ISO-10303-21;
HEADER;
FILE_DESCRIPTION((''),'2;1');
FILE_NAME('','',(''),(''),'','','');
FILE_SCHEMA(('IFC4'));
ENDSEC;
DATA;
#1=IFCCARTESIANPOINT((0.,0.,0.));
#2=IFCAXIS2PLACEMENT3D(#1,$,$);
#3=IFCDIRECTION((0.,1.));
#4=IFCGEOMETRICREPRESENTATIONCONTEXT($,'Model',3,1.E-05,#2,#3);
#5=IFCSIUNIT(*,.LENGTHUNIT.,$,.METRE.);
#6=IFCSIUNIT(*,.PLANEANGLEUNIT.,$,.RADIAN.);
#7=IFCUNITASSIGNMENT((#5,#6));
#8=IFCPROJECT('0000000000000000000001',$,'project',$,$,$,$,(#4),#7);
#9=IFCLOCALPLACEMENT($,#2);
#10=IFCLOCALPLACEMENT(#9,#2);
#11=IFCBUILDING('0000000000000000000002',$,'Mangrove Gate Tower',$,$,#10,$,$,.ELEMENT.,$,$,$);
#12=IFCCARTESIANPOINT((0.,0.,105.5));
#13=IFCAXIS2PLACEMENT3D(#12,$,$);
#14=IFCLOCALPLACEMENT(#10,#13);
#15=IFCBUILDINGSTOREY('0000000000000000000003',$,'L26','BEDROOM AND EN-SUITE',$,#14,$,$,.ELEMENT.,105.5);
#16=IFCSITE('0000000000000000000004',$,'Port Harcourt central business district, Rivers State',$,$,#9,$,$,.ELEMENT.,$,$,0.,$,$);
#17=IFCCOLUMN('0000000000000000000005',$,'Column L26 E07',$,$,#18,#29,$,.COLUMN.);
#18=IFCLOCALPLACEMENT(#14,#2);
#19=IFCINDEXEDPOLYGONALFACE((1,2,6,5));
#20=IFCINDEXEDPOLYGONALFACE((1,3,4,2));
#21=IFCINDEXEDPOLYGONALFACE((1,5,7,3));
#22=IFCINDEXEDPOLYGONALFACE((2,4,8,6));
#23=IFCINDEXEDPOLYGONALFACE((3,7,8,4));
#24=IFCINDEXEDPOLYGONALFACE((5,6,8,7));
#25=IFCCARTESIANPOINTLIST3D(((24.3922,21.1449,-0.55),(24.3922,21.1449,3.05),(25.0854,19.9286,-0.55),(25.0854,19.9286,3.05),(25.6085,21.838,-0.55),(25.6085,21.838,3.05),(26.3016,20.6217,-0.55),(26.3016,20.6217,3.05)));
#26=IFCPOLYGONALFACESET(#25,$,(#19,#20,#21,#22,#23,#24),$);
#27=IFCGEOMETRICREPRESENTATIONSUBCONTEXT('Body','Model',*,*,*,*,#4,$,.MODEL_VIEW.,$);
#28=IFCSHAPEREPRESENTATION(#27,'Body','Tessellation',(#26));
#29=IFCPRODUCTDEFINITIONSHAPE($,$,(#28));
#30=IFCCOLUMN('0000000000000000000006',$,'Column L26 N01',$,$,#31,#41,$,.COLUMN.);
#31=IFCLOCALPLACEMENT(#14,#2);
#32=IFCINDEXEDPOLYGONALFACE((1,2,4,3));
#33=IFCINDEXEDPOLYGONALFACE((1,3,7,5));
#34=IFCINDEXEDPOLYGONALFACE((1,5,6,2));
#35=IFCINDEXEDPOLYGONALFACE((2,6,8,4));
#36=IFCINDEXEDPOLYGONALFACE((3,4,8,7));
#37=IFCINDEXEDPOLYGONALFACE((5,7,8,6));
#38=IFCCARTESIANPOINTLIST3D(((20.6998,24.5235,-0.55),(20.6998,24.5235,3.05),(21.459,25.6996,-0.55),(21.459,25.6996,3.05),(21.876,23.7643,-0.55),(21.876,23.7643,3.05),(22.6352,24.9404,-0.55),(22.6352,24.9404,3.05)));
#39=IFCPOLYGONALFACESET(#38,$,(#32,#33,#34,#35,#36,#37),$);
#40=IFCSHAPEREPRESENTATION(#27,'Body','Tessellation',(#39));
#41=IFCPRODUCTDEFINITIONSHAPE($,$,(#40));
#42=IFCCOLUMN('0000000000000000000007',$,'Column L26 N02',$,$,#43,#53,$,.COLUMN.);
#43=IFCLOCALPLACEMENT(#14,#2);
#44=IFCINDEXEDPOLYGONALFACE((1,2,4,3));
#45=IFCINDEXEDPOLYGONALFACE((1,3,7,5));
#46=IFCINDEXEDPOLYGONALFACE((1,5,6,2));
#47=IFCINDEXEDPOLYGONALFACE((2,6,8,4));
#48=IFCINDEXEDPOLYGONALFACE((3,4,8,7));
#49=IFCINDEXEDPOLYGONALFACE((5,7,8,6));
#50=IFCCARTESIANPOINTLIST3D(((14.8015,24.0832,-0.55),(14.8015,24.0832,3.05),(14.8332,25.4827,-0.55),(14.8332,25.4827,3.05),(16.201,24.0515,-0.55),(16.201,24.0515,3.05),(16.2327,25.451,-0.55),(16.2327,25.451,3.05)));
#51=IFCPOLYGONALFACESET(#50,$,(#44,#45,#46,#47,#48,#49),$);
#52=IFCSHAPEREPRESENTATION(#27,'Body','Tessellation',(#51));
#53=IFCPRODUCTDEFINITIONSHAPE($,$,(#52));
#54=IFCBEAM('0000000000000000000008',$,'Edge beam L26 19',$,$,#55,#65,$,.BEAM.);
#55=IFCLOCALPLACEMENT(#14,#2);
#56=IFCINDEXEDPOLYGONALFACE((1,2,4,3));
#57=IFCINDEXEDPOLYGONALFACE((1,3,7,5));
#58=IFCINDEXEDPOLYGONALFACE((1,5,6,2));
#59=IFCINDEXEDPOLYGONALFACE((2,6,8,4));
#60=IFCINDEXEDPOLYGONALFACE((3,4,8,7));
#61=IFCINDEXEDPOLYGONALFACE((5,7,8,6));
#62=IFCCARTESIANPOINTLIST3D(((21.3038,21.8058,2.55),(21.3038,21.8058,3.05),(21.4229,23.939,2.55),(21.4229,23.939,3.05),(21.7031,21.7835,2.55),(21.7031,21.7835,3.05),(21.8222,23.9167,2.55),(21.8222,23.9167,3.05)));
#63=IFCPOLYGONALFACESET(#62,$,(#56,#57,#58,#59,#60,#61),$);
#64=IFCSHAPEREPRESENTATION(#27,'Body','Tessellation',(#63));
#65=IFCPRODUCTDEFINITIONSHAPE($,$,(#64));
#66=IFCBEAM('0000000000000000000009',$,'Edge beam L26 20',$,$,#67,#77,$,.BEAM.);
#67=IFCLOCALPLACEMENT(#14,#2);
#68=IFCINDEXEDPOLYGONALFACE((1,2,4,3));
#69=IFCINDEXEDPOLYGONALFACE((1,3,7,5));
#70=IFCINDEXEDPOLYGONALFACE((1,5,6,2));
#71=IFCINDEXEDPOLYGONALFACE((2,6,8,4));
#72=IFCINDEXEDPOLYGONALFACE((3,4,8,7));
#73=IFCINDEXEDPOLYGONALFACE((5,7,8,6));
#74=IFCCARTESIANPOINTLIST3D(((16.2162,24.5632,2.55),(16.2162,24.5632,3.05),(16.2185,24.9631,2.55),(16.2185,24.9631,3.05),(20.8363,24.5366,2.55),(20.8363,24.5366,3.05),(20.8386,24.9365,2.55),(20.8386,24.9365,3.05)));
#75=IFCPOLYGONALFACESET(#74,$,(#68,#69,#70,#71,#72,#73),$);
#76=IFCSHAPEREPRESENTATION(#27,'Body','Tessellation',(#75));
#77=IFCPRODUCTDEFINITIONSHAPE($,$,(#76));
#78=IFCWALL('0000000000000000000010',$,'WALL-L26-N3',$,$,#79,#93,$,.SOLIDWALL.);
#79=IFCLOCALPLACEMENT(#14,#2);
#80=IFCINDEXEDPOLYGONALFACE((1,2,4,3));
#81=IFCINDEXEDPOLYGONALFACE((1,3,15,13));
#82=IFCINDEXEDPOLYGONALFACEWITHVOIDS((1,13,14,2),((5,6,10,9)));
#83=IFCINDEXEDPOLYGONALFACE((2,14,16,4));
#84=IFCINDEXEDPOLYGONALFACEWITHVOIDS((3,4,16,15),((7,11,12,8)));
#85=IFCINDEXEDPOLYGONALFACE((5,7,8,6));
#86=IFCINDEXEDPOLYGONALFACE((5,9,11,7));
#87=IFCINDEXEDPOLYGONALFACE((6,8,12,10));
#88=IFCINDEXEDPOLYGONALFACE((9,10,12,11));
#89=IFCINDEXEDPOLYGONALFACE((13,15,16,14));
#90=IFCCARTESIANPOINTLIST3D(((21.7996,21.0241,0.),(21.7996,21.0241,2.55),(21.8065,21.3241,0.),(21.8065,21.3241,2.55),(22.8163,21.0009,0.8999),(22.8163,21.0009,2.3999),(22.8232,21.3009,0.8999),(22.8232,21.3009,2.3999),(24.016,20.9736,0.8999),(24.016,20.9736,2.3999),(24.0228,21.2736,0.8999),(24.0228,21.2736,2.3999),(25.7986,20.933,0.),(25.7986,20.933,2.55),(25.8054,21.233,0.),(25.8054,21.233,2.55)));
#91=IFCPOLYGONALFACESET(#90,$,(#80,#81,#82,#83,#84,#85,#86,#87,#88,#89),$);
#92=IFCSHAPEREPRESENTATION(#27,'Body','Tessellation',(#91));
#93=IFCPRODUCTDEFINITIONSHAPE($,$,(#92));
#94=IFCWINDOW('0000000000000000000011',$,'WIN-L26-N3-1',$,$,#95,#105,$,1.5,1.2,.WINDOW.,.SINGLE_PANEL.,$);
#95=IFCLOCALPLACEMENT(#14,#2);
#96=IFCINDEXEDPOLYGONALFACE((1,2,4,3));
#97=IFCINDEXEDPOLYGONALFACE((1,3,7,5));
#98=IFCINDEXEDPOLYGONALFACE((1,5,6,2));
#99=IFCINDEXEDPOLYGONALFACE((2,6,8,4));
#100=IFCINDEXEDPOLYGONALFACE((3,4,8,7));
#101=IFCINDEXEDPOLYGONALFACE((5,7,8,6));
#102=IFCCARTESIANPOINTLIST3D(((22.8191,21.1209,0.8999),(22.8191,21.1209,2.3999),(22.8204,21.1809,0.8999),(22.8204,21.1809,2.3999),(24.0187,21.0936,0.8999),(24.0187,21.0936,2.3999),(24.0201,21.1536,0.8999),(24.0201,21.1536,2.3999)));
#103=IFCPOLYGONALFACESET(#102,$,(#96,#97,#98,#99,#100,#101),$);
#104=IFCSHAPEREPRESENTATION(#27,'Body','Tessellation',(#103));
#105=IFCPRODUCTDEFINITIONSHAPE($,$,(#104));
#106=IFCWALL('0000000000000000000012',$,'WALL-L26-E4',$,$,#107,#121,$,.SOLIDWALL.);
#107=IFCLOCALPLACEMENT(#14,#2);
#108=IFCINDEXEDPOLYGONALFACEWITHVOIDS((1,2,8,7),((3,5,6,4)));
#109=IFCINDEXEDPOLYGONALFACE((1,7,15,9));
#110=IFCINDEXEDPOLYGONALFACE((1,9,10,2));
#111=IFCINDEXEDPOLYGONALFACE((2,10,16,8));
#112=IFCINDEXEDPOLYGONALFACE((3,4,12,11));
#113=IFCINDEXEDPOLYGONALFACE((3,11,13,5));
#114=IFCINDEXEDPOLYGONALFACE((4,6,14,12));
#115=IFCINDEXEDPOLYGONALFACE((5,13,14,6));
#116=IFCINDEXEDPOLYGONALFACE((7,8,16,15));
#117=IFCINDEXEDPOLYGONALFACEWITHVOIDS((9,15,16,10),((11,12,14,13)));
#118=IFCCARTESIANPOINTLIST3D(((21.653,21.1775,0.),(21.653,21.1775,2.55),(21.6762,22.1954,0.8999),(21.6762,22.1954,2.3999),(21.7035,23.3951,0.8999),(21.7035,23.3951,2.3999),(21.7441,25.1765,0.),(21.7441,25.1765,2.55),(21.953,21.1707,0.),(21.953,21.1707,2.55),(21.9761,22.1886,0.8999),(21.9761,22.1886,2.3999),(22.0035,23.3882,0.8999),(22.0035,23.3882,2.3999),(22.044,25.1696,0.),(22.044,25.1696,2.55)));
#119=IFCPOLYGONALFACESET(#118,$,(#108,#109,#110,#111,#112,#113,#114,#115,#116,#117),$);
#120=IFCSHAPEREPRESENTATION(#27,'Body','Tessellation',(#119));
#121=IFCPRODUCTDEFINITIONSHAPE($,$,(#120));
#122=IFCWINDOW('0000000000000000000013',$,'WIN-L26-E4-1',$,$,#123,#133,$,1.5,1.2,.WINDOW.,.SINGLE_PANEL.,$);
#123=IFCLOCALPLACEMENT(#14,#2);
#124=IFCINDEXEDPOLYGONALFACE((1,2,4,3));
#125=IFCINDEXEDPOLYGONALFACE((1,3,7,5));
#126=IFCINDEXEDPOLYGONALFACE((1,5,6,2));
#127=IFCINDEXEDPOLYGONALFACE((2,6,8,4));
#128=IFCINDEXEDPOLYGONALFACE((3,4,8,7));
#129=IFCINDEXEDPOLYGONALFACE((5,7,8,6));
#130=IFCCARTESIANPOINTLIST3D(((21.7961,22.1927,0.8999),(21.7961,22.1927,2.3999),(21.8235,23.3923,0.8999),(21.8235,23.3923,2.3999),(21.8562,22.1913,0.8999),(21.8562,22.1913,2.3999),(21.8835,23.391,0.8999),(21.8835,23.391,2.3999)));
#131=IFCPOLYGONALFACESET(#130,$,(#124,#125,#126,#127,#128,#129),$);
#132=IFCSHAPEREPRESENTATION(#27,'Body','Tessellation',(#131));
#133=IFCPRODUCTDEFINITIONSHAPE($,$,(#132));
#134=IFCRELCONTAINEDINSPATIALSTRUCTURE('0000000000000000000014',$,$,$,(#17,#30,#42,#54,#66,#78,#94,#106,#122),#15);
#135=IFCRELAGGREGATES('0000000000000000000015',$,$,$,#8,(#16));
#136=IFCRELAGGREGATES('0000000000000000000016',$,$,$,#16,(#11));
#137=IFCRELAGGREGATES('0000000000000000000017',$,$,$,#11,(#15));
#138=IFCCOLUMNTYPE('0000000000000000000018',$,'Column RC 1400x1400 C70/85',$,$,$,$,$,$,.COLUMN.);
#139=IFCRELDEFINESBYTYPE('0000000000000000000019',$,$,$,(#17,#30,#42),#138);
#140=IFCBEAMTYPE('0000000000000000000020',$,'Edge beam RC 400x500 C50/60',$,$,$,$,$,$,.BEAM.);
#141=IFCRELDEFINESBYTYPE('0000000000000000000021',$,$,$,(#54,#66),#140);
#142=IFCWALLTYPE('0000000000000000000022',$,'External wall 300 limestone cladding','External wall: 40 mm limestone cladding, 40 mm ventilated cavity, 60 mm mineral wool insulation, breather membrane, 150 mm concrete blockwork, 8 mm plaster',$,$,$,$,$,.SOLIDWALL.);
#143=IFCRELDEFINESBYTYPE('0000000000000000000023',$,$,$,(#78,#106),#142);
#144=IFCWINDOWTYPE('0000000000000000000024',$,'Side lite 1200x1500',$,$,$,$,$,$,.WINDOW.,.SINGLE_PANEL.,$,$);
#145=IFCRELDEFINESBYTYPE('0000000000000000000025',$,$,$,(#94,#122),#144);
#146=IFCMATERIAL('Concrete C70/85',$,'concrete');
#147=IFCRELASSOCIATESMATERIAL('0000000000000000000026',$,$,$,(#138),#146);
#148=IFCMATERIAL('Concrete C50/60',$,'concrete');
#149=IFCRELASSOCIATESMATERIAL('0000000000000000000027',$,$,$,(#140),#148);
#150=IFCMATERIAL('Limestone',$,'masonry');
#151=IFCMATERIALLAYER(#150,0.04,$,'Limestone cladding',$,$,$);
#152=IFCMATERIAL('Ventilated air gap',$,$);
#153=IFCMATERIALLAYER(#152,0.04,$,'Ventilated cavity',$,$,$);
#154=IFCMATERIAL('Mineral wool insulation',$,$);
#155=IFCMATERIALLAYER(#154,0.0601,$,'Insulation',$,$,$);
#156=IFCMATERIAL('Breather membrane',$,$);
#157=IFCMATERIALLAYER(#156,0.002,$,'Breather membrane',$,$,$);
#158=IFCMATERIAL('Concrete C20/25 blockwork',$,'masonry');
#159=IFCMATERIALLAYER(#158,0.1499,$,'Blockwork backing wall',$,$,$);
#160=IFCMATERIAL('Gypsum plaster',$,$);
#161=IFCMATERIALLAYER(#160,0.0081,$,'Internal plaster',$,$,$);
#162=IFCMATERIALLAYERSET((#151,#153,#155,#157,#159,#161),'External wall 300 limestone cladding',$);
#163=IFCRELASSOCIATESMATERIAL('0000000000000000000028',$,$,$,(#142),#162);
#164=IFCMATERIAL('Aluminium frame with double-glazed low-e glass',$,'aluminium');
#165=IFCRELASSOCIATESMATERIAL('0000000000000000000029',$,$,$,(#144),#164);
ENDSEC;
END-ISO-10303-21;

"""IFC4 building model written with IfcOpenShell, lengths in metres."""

from ifc_helpers import new_model, si_unit, direction, frame, frame_2d, origin, origin_2d, place, context, subcontext, project, spatial, rectangle, extrude, material, layer, layer_set, material_profile, profile_set, type_object, element, fill, save


model = new_model("IFC4")

# Units and contexts
model_context = context("Model", 3, precision=1e-05, world=origin(), true_north=direction((0.0, 1.0)))
body_context = subcontext(model_context, "Body", "Model", "MODEL_VIEW")
ifc_project = project(units=[si_unit("LENGTHUNIT", "METRE"), si_unit("PLANEANGLEUNIT", "RADIAN")], contexts=[model_context])

# Site, building, storey
site_placement = place(None, origin())
site = spatial("IfcSite", under=ifc_project, at=site_placement, Name="Port Harcourt central business district, Rivers State", CompositionType="ELEMENT", RefElevation=0.0)
building_placement = place(site_placement, origin())
building = spatial("IfcBuilding", under=site, at=building_placement, Name="Mangrove Gate Tower", CompositionType="ELEMENT")
storey_placement = place(building_placement, frame((0.0, 0.0, 105.5)))
storey = spatial("IfcBuildingStorey", under=building, at=storey_placement, Name="L26", Description="BEDROOM AND EN-SUITE", CompositionType="ELEMENT", Elevation=105.5)

# Columns
ifc_material_1 = material(Name="Concrete C70/85", Category="concrete")
ifc_material_profile_1 = material_profile(ifc_material_1, rectangle(XDim=1.3999, YDim=1.3999, at=origin_2d()))
ifc_profile_set_1 = profile_set([ifc_material_profile_1], Name="Concrete C70/85")
column_type = type_object("IfcColumnType", Name="Column RC 1400x1400 C70/85", PredefinedType="COLUMN", material=ifc_profile_set_1)
for number, where, z_axis, x_axis, name in (
    (1, (25.3469, 20.8833, -0.55), (0.0, 0.0, 1.0), (-0.495141, 0.868813, 0.0), "Column L26 E07"),
    (2, (21.6675, 24.7319, -0.55), (0.0, 0.0, 1.0), (-0.84017, 0.542323, 0.0), "Column L26 N01"),
    (3, (15.5171, 24.7671, -0.55), (0.0, 0.0, 1.0), (-0.999744, 0.022639, 0.0), "Column L26 N02"),
):
    element("IfcColumn", number, at=place(storey_placement, frame(where, z_axis=z_axis, x_axis=x_axis)), inside=storey, type_object=column_type, Name=name, PredefinedType="COLUMN", context=body_context, shape_type="SweptSolid", body=[
        extrude(rectangle(XDim=1.3999, YDim=1.3999, at=origin_2d()), origin(), (0.0, 0.0, 1.0), 3.6001),
    ])

# Beams
ifc_material_2 = material(Name="Concrete C50/60", Category="concrete")
ifc_material_profile_2 = material_profile(ifc_material_2, rectangle(XDim=0.3999, YDim=0.5, at=origin_2d()))
ifc_profile_set_2 = profile_set([ifc_material_profile_2], Name="Concrete C50/60")
beam_type = type_object("IfcBeamType", Name="Edge beam RC 400x500 C50/60", PredefinedType="BEAM", material=ifc_profile_set_2)
beam_1_placement = place(storey_placement, frame((21.5034, 21.7947, 2.8), z_axis=(0.055767, 0.998444, 0.0), x_axis=(-0.998444, 0.055767, 0.0)))
element("IfcBeam", 4, at=beam_1_placement, inside=storey, type_object=beam_type, Name="Edge beam L26 19", PredefinedType="BEAM", context=body_context, shape_type="SweptSolid", body=[
    extrude(rectangle(XDim=0.3999, YDim=0.5, at=origin_2d()), origin(), (0.0, 0.0, 1.0), 2.1365),
])
beam_2_placement = place(storey_placement, frame((20.8374, 24.7366, 2.8), z_axis=(-0.999983, 0.00576, 0.0), x_axis=(-0.00576, -0.999983, 0.0)))
element("IfcBeam", 5, at=beam_2_placement, inside=storey, type_object=beam_type, Name="Edge beam L26 20", PredefinedType="BEAM", context=body_context, shape_type="SweptSolid", body=[
    extrude(rectangle(XDim=0.3999, YDim=0.5, at=origin_2d()), origin(), (0.0, 0.0, 1.0), 4.6201),
])

# Walls, openings, windows
ifc_material_3 = material(Name="Limestone", Category="masonry")
ifc_layer_1 = layer(ifc_material_3, 0.04, Name="Limestone cladding")
ifc_material_4 = material(Name="Ventilated air gap")
ifc_layer_2 = layer(ifc_material_4, 0.04, Name="Ventilated cavity")
ifc_material_5 = material(Name="Mineral wool insulation")
ifc_layer_3 = layer(ifc_material_5, 0.0601, Name="Insulation")
ifc_material_6 = material(Name="Breather membrane")
ifc_layer_4 = layer(ifc_material_6, 0.002, Name="Breather membrane")
ifc_material_7 = material(Name="Concrete C20/25 blockwork", Category="masonry")
ifc_layer_5 = layer(ifc_material_7, 0.1499, Name="Blockwork backing wall")
ifc_material_8 = material(Name="Gypsum plaster")
ifc_layer_6 = layer(ifc_material_8, 0.0081, Name="Internal plaster")
ifc_layer_set = layer_set([ifc_layer_1, ifc_layer_2, ifc_layer_3, ifc_layer_4, ifc_layer_5, ifc_layer_6], Name="External wall 300 limestone cladding")
wall_type = type_object("IfcWallType", Name="External wall 300 limestone cladding", Description="External wall: 40 mm limestone cladding, 40 mm ventilated cavity, 60 mm mineral wool insulation, breather membrane, 150 mm concrete blockwork, 8 mm plaster", PredefinedType="SOLIDWALL", material=ifc_layer_set)
wall_1_placement = place(storey_placement, frame((25.802, 21.083, 0.0), z_axis=(0.0, 0.0, 1.0), x_axis=(-0.999741, 0.022766, 0.0)))
wall_1 = element("IfcWall", 6, at=wall_1_placement, inside=storey, type_object=wall_type, Name="WALL-L26-N3", PredefinedType="SOLIDWALL", context=body_context, shape_type="SweptSolid", body=[
    extrude(rectangle(XDim=4.0, YDim=0.3, at=frame_2d((2.0, 0.0))), origin(), (0.0, 0.0, 1.0), 2.55),
])
opening_1_placement = place(wall_1_placement, frame((1.783, 0.0, 0.8999)))
opening_1 = element("IfcOpeningElement", 7, at=opening_1_placement, cuts=wall_1, PredefinedType="OPENING", context=body_context, shape_type="SweptSolid", body=[
    extrude(rectangle(XDim=1.2, YDim=1.5, at=frame_2d((0.6001, 0.75))), frame((0.0, 0.1599, 0.0), z_axis=(0.0, -1.0, 0.0), x_axis=(1.0, 0.0, 0.0)), (0.0, 0.0, 1.0), 0.3201),
])
ifc_material_9 = material(Name="Aluminium frame with double-glazed low-e glass", Category="aluminium")
window_type_1 = type_object("IfcWindowType", Name="Side lite 1200x1500", PartitioningType="SINGLE_PANEL", PredefinedType="WINDOW", material=ifc_material_9)
window_1_placement = place(opening_1_placement, origin())
window_1 = element("IfcWindow", 8, at=window_1_placement, inside=storey, type_object=window_type_1, Name="WIN-L26-N3-1", OverallHeight=1.5, OverallWidth=1.2, PartitioningType="SINGLE_PANEL", PredefinedType="WINDOW", context=body_context, shape_type="SweptSolid", body=[
    extrude(rectangle(XDim=1.2, YDim=1.5, at=frame_2d((0.6001, 0.75))), frame((0.0, 0.03, 0.0), z_axis=(0.0, -1.0, 0.0), x_axis=(1.0, 0.0, 0.0)), (0.0, 0.0, 1.0), 0.0601),
])
fill(opening_1, window_1)
wall_2_placement = place(storey_placement, frame((21.803, 21.1741, 0.0), z_axis=(0.0, 0.0, 1.0), x_axis=(0.022766, 0.999741, 0.0)))
wall_2 = element("IfcWall", 9, at=wall_2_placement, inside=storey, type_object=wall_type, Name="WALL-L26-E4", PredefinedType="SOLIDWALL", context=body_context, shape_type="SweptSolid", body=[
    extrude(rectangle(XDim=4.0, YDim=0.3, at=frame_2d((2.0, 0.0))), origin(), (0.0, 0.0, 1.0), 2.55),
])
opening_2_placement = place(wall_2_placement, frame((1.0181, 0.0, 0.8999)))
opening_2 = element("IfcOpeningElement", 10, at=opening_2_placement, cuts=wall_2, PredefinedType="OPENING", context=body_context, shape_type="SweptSolid", body=[
    extrude(rectangle(XDim=1.2, YDim=1.5, at=frame_2d((0.6001, 0.75))), frame((0.0, 0.1599, 0.0), z_axis=(0.0, -1.0, 0.0), x_axis=(1.0, 0.0, 0.0)), (0.0, 0.0, 1.0), 0.3201),
])
window_2_placement = place(opening_2_placement, origin())
window_2 = element("IfcWindow", 11, at=window_2_placement, inside=storey, type_object=window_type_1, Name="WIN-L26-E4-1", OverallHeight=1.5, OverallWidth=1.2, PartitioningType="SINGLE_PANEL", PredefinedType="WINDOW", context=body_context, shape_type="SweptSolid", body=[
    extrude(rectangle(XDim=1.2, YDim=1.5, at=frame_2d((0.6001, 0.75))), frame((0.0, 0.03, 0.0), z_axis=(0.0, -1.0, 0.0), x_axis=(1.0, 0.0, 0.0)), (0.0, 0.0, 1.0), 0.0601),
])
fill(opening_2, window_2)

save(model, "model.ifc")
